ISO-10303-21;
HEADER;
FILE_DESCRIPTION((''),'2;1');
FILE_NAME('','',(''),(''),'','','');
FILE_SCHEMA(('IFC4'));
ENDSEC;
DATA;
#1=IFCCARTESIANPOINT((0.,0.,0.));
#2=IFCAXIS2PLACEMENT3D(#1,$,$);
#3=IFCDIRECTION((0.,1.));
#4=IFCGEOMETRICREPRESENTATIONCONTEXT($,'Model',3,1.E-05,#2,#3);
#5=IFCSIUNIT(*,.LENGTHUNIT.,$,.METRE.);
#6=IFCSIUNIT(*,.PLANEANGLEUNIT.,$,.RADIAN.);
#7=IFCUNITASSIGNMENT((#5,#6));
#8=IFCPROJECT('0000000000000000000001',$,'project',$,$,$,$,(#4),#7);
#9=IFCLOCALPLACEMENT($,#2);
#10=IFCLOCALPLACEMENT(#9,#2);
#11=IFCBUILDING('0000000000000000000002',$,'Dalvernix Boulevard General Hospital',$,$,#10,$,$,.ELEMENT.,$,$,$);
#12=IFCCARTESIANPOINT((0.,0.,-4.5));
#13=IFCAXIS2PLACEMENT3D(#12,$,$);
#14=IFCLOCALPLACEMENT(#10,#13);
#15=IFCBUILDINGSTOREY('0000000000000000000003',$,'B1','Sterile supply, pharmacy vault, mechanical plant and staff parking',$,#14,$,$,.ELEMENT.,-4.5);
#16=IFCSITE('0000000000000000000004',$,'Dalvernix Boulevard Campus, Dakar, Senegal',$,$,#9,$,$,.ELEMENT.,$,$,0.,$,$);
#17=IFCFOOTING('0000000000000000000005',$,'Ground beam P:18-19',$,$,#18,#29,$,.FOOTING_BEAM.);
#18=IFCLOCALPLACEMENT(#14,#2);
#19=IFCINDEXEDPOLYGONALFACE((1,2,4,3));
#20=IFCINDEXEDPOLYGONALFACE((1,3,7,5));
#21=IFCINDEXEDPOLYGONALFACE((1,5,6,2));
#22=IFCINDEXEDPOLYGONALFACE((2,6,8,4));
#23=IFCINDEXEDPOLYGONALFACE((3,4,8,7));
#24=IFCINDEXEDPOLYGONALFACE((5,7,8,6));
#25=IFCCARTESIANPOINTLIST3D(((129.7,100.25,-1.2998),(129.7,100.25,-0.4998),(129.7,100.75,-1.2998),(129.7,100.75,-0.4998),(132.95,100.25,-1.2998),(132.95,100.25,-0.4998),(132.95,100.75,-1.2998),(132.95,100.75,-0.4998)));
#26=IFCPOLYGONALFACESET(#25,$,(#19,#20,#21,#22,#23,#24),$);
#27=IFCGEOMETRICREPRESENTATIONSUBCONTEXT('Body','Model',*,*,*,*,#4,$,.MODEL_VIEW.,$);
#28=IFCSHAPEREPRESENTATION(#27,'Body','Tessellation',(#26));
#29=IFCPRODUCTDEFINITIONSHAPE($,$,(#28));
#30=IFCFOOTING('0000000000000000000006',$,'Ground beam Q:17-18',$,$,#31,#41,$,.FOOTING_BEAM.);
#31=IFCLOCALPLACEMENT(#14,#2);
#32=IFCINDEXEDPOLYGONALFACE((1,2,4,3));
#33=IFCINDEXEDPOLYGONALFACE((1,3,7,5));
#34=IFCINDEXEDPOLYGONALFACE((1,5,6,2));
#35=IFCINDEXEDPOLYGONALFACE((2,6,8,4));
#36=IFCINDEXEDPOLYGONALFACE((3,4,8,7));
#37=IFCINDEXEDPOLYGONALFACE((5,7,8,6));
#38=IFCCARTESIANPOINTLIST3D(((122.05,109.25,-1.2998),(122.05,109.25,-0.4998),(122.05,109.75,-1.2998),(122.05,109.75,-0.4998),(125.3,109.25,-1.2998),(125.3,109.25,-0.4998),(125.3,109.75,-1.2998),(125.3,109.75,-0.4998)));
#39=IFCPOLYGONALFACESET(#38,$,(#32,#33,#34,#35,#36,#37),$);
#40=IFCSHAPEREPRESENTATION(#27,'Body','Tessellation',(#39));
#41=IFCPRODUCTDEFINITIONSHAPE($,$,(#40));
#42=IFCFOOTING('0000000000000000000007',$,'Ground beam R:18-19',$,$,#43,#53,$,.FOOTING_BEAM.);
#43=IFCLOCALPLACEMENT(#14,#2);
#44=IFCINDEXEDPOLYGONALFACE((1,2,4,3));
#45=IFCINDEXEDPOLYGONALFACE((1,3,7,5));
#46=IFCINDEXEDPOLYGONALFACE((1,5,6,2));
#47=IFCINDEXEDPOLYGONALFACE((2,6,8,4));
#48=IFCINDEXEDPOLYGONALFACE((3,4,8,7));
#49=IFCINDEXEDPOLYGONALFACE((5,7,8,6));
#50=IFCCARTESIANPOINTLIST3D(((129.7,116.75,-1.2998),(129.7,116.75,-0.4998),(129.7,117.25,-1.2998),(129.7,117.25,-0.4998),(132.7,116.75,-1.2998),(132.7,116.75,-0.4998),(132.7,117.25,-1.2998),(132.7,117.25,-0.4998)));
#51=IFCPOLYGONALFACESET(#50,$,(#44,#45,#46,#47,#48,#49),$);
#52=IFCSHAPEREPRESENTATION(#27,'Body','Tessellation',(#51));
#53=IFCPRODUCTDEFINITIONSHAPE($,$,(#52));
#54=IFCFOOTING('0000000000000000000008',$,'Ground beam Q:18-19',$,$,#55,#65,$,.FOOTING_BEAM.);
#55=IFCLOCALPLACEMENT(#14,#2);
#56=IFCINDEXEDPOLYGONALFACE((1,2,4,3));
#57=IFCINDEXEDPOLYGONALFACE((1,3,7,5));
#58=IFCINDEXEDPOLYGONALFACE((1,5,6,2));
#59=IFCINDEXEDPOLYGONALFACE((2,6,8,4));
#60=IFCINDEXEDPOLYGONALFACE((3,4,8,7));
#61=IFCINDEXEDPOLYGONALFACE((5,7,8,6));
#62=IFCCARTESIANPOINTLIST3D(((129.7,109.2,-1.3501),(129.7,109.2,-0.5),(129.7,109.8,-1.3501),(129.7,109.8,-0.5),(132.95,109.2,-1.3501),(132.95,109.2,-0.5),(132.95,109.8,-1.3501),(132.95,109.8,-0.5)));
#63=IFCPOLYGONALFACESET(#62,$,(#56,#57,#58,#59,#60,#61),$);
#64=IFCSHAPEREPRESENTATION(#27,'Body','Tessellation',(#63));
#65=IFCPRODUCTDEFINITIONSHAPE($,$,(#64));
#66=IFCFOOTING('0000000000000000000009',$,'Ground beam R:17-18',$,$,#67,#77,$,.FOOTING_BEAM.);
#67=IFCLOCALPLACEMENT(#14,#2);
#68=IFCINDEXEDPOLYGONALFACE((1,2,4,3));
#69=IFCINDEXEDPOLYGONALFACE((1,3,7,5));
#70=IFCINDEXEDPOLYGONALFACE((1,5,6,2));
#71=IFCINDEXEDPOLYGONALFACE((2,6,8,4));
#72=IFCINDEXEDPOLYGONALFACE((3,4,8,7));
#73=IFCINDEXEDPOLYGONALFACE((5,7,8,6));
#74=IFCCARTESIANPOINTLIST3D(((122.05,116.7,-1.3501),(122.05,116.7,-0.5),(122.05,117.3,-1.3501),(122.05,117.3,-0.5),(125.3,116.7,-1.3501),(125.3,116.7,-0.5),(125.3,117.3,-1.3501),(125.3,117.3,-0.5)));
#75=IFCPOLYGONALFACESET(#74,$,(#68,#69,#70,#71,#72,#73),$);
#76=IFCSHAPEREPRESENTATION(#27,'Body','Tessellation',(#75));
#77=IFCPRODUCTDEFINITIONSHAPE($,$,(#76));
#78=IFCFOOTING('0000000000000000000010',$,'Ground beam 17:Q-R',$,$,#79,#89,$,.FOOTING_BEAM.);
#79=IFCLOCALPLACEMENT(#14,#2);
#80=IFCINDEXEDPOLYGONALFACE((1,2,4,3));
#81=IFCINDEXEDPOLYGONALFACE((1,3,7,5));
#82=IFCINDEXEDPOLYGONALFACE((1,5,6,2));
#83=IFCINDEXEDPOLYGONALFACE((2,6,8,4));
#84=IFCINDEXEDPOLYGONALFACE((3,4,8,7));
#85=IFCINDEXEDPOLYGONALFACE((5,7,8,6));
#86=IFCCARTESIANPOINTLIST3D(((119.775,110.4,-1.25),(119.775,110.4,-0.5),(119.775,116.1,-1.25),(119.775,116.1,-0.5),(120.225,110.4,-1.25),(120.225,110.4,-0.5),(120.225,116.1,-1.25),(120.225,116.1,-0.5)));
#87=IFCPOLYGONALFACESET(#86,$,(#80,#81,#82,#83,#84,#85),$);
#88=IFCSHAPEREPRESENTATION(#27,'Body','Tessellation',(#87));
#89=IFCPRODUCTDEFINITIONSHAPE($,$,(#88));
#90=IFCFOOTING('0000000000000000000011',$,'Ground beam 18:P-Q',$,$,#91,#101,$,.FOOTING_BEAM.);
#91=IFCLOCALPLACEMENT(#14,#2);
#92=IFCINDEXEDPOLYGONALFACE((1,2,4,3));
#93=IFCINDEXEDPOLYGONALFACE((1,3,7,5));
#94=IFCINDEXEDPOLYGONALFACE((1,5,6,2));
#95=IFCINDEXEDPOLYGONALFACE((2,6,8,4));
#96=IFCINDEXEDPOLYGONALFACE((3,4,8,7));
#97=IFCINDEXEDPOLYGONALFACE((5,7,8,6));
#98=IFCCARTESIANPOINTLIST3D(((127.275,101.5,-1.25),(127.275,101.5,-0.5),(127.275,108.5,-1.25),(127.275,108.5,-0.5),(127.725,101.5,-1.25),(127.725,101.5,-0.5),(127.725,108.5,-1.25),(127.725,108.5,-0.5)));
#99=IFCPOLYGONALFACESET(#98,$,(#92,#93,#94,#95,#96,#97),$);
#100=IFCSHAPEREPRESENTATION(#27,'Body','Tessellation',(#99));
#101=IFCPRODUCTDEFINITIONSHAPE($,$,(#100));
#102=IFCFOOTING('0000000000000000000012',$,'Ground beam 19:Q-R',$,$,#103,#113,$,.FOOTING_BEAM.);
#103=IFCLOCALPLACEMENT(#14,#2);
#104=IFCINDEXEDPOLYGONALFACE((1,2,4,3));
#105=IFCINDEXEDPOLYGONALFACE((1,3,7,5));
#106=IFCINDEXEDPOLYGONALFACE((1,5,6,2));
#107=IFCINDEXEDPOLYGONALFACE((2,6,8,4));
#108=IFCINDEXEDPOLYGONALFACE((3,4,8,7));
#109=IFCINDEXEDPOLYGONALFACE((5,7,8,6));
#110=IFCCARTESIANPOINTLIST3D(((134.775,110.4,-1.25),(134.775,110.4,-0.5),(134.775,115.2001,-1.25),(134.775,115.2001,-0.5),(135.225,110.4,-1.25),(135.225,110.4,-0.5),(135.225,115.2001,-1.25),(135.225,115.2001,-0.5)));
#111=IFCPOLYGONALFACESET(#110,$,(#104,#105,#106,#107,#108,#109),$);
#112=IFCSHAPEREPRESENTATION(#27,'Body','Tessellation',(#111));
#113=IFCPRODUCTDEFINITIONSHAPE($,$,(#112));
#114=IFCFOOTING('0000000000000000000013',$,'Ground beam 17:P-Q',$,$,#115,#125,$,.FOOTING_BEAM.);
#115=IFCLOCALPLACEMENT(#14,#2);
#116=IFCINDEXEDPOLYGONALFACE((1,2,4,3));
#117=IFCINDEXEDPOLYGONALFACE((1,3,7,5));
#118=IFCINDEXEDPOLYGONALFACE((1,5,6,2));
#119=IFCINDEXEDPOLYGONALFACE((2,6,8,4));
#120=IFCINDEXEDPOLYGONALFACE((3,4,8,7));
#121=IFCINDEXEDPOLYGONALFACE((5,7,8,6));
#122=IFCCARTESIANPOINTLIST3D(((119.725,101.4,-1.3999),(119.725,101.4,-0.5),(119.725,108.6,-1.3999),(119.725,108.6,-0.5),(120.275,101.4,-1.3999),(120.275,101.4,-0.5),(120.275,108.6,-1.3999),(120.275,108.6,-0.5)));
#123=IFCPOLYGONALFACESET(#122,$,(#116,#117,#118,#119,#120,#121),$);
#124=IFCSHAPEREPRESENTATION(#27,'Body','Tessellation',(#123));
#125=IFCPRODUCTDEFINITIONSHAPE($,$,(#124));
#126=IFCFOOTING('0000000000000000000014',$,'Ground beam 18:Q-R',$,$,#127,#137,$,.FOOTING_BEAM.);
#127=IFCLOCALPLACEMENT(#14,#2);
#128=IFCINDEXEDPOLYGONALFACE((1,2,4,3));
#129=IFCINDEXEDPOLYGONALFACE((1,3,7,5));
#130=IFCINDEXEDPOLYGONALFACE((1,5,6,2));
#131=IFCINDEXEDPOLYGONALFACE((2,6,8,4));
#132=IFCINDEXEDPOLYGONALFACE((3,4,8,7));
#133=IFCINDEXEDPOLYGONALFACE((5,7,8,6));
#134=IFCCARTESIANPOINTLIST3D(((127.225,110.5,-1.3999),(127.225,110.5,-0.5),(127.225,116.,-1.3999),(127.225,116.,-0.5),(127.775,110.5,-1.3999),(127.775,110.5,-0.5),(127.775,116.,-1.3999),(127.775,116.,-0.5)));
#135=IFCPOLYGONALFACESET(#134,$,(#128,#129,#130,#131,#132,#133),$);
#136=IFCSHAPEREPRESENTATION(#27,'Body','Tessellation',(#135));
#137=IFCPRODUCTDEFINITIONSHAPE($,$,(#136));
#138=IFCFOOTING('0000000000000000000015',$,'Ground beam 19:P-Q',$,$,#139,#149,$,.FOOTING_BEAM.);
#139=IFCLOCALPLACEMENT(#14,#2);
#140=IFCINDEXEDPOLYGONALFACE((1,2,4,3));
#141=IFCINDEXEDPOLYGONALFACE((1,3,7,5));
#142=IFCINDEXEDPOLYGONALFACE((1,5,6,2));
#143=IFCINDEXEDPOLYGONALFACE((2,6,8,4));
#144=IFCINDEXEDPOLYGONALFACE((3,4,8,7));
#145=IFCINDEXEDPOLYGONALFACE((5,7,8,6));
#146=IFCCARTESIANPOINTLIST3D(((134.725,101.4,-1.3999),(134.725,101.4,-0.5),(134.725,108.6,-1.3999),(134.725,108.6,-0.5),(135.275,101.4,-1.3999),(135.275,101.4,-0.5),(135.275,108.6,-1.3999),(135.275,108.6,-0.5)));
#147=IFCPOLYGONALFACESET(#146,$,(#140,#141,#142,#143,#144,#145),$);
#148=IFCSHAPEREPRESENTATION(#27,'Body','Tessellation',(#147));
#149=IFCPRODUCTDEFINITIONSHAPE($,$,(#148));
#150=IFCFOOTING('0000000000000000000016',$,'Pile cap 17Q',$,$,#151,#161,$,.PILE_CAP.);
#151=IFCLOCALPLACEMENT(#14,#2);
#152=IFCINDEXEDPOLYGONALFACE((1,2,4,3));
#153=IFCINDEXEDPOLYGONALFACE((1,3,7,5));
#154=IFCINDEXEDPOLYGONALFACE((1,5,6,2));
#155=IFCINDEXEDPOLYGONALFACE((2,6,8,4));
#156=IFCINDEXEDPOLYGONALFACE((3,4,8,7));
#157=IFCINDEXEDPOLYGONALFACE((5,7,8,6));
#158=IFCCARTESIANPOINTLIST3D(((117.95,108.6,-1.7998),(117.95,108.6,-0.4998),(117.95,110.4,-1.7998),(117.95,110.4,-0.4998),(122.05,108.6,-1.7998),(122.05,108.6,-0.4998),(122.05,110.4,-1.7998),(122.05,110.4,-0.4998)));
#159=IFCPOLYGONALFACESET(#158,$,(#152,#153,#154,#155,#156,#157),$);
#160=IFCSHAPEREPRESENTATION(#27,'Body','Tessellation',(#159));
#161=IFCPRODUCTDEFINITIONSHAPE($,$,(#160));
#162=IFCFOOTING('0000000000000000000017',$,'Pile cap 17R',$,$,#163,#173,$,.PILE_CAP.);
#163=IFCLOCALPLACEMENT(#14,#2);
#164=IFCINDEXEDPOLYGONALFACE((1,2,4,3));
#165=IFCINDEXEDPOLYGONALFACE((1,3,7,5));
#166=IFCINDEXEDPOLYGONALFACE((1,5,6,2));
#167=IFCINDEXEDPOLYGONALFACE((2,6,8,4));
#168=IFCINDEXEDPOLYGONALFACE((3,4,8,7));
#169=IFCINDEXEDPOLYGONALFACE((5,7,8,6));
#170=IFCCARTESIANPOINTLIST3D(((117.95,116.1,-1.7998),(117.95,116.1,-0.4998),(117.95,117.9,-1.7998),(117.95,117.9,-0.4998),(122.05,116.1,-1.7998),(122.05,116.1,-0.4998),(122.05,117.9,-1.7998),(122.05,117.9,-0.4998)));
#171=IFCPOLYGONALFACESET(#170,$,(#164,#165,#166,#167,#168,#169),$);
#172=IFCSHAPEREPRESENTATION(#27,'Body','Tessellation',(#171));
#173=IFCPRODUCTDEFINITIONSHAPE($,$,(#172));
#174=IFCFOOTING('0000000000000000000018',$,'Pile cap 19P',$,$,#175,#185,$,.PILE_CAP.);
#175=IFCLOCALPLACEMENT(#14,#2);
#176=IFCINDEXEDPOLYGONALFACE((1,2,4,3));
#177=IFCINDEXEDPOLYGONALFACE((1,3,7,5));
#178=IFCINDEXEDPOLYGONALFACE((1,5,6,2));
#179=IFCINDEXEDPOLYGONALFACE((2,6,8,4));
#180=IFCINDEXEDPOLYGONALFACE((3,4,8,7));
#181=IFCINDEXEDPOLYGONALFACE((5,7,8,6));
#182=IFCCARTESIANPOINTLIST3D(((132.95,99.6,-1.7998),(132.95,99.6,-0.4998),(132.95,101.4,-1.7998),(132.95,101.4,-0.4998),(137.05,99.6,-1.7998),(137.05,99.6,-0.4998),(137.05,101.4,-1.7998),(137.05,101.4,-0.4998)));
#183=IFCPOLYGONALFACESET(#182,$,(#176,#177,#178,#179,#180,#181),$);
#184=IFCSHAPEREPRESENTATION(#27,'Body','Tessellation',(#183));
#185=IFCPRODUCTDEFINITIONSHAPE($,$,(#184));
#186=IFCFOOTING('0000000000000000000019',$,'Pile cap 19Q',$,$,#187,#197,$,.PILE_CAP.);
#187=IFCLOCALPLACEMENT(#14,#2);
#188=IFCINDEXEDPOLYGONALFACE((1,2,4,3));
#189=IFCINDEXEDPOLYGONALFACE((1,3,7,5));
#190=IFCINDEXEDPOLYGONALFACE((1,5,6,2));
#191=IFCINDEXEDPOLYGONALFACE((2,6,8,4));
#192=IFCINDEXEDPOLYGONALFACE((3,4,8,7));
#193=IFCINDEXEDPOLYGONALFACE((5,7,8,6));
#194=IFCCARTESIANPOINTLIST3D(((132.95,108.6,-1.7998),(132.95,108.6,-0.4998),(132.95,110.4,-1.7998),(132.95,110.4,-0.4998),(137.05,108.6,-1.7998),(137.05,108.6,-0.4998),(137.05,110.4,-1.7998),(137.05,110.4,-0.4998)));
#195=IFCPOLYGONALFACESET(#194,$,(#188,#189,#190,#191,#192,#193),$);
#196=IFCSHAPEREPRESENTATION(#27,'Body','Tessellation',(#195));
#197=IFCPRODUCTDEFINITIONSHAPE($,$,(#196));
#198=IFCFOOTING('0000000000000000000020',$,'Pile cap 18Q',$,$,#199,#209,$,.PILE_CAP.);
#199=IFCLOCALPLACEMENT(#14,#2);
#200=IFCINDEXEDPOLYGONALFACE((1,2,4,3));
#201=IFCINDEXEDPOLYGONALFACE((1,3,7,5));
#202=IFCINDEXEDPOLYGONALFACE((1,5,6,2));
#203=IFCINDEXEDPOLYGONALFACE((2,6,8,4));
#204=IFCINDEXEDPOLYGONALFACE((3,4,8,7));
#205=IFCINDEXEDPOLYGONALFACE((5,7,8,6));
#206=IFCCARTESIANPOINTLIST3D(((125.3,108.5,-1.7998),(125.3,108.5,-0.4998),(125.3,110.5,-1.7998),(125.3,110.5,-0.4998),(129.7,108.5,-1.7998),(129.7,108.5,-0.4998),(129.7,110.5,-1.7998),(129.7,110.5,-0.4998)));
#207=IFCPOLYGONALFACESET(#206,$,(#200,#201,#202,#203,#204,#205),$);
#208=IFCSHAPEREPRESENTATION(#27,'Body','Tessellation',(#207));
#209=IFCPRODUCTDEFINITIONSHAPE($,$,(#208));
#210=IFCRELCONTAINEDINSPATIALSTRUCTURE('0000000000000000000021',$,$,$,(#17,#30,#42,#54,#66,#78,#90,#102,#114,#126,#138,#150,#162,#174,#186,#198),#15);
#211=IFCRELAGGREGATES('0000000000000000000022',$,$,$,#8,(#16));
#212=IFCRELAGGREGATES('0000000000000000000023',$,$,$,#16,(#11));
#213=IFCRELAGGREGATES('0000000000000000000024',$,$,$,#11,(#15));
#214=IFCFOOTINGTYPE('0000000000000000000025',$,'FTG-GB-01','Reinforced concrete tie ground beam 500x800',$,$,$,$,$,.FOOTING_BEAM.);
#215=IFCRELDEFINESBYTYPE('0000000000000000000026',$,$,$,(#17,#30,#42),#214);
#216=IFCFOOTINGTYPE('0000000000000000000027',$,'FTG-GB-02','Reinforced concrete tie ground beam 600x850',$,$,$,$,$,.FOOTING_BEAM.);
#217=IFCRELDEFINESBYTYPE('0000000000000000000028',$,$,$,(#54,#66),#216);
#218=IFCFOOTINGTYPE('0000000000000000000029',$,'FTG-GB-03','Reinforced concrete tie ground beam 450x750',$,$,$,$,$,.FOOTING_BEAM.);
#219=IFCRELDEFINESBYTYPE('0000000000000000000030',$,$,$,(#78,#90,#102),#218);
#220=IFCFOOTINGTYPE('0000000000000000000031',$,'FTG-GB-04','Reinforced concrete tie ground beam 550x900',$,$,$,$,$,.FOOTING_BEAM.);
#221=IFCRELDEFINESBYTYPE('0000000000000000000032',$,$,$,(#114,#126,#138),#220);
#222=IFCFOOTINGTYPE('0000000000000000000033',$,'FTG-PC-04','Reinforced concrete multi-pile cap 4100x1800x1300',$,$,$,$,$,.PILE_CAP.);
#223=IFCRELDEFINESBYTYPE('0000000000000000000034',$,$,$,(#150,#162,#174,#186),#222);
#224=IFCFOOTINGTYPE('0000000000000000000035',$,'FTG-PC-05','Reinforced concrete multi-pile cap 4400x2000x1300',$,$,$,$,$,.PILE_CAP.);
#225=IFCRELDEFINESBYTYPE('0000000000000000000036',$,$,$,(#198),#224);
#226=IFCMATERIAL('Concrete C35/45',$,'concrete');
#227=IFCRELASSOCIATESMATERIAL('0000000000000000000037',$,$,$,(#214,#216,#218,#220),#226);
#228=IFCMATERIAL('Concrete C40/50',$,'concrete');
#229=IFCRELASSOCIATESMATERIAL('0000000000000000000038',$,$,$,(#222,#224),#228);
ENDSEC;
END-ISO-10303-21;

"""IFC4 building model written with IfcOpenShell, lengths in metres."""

from ifc_helpers import new_model, si_unit, direction, frame, origin, origin_2d, place, context, subcontext, project, spatial, rectangle, extrude, material, type_object, element, save


model = new_model("IFC4")

# Units and contexts
model_context = context("Model", 3, precision=1e-05, world=origin(), true_north=direction((0.0, 1.0)))
body_context = subcontext(model_context, "Body", "Model", "MODEL_VIEW")
ifc_project = project(units=[si_unit("LENGTHUNIT", "METRE"), si_unit("PLANEANGLEUNIT", "RADIAN")], contexts=[model_context])

# Site, building, storey
site_placement = place(None, origin())
site = spatial("IfcSite", under=ifc_project, at=site_placement, Name="Dalvernix Boulevard Campus, Dakar, Senegal", CompositionType="ELEMENT", RefElevation=0.0)
building_placement = place(site_placement, origin())
building = spatial("IfcBuilding", under=site, at=building_placement, Name="Dalvernix Boulevard General Hospital", CompositionType="ELEMENT")
storey_placement = place(building_placement, frame((0.0, 0.0, -4.5)))
storey = spatial("IfcBuildingStorey", under=building, at=storey_placement, Name="B1", Description="Sterile supply, pharmacy vault, mechanical plant and staff parking", CompositionType="ELEMENT", Elevation=-4.5)

# Footings
ifc_material_1 = material(Name="Concrete C35/45", Category="concrete")
footing_type_1 = type_object("IfcFootingType", Name="FTG-GB-01", Description="Reinforced concrete tie ground beam 500x800", PredefinedType="FOOTING_BEAM", material=ifc_material_1)
for number, where, z_axis, x_axis, name in (
    (1, (131.325, 100.5, -1.2998), (0.0, 0.0, 1.0), (1.0, 0.0, 0.0), "Ground beam P:18-19"),
    (2, (123.675, 109.5, -1.2998), (0.0, 0.0, 1.0), (1.0, 0.0, 0.0), "Ground beam Q:17-18"),
):
    element("IfcFooting", number, at=place(storey_placement, frame(where, z_axis=z_axis, x_axis=x_axis)), inside=storey, type_object=footing_type_1, Name=name, PredefinedType="FOOTING_BEAM", context=body_context, shape_type="SweptSolid", body=[
        extrude(rectangle(XDim=3.25, YDim=0.5, at=origin_2d()), origin(), (0.0, 0.0, 1.0), 0.8),
    ])
footing_1_placement = place(storey_placement, frame((131.2, 117.0, -1.2998), z_axis=(0.0, 0.0, 1.0), x_axis=(1.0, 0.0, 0.0)))
element("IfcFooting", 3, at=footing_1_placement, inside=storey, type_object=footing_type_1, Name="Ground beam R:18-19", PredefinedType="FOOTING_BEAM", context=body_context, shape_type="SweptSolid", body=[
    extrude(rectangle(XDim=3.0, YDim=0.5, at=origin_2d()), origin(), (0.0, 0.0, 1.0), 0.8),
])
footing_type_2 = type_object("IfcFootingType", Name="FTG-GB-02", Description="Reinforced concrete tie ground beam 600x850", PredefinedType="FOOTING_BEAM", material=ifc_material_1)
for number, where, z_axis, x_axis, name in (
    (4, (131.325, 109.5, -1.3501), (0.0, 0.0, 1.0), (1.0, 0.0, 0.0), "Ground beam Q:18-19"),
    (5, (123.675, 117.0, -1.3501), (0.0, 0.0, 1.0), (1.0, 0.0, 0.0), "Ground beam R:17-18"),
):
    element("IfcFooting", number, at=place(storey_placement, frame(where, z_axis=z_axis, x_axis=x_axis)), inside=storey, type_object=footing_type_2, Name=name, PredefinedType="FOOTING_BEAM", context=body_context, shape_type="SweptSolid", body=[
        extrude(rectangle(XDim=3.25, YDim=0.6001, at=origin_2d()), origin(), (0.0, 0.0, 1.0), 0.8501),
    ])
footing_type_3 = type_object("IfcFootingType", Name="FTG-GB-03", Description="Reinforced concrete tie ground beam 450x750", PredefinedType="FOOTING_BEAM", material=ifc_material_1)
footing_2_placement = place(storey_placement, frame((120.0, 113.25, -1.25), z_axis=(0.0, 0.0, 1.0), x_axis=(0.0, 1.0, 0.0)))
element("IfcFooting", 6, at=footing_2_placement, inside=storey, type_object=footing_type_3, Name="Ground beam 17:Q-R", PredefinedType="FOOTING_BEAM", context=body_context, shape_type="SweptSolid", body=[
    extrude(rectangle(XDim=5.7, YDim=0.45, at=origin_2d()), origin(), (0.0, 0.0, 1.0), 0.75),
])
footing_3_placement = place(storey_placement, frame((127.5, 105.0, -1.25), z_axis=(0.0, 0.0, 1.0), x_axis=(0.0, 1.0, 0.0)))
element("IfcFooting", 7, at=footing_3_placement, inside=storey, type_object=footing_type_3, Name="Ground beam 18:P-Q", PredefinedType="FOOTING_BEAM", context=body_context, shape_type="SweptSolid", body=[
    extrude(rectangle(XDim=7.0, YDim=0.45, at=origin_2d()), origin(), (0.0, 0.0, 1.0), 0.75),
])
footing_4_placement = place(storey_placement, frame((135.0, 112.8, -1.25), z_axis=(0.0, 0.0, 1.0), x_axis=(0.0, 1.0, 0.0)))
element("IfcFooting", 8, at=footing_4_placement, inside=storey, type_object=footing_type_3, Name="Ground beam 19:Q-R", PredefinedType="FOOTING_BEAM", context=body_context, shape_type="SweptSolid", body=[
    extrude(rectangle(XDim=4.8, YDim=0.45, at=origin_2d()), origin(), (0.0, 0.0, 1.0), 0.75),
])
footing_type_4 = type_object("IfcFootingType", Name="FTG-GB-04", Description="Reinforced concrete tie ground beam 550x900", PredefinedType="FOOTING_BEAM", material=ifc_material_1)
footing_5_placement = place(storey_placement, frame((120.0, 105.0, -1.3999), z_axis=(0.0, 0.0, 1.0), x_axis=(0.0, 1.0, 0.0)))
element("IfcFooting", 9, at=footing_5_placement, inside=storey, type_object=footing_type_4, Name="Ground beam 17:P-Q", PredefinedType="FOOTING_BEAM", context=body_context, shape_type="SweptSolid", body=[
    extrude(rectangle(XDim=7.2, YDim=0.55, at=origin_2d()), origin(), (0.0, 0.0, 1.0), 0.8999),
])
footing_6_placement = place(storey_placement, frame((127.5, 113.25, -1.3999), z_axis=(0.0, 0.0, 1.0), x_axis=(0.0, 1.0, 0.0)))
element("IfcFooting", 10, at=footing_6_placement, inside=storey, type_object=footing_type_4, Name="Ground beam 18:Q-R", PredefinedType="FOOTING_BEAM", context=body_context, shape_type="SweptSolid", body=[
    extrude(rectangle(XDim=5.5, YDim=0.55, at=origin_2d()), origin(), (0.0, 0.0, 1.0), 0.8999),
])
footing_7_placement = place(storey_placement, frame((135.0, 105.0, -1.3999), z_axis=(0.0, 0.0, 1.0), x_axis=(0.0, 1.0, 0.0)))
element("IfcFooting", 11, at=footing_7_placement, inside=storey, type_object=footing_type_4, Name="Ground beam 19:P-Q", PredefinedType="FOOTING_BEAM", context=body_context, shape_type="SweptSolid", body=[
    extrude(rectangle(XDim=7.2, YDim=0.55, at=origin_2d()), origin(), (0.0, 0.0, 1.0), 0.8999),
])
ifc_material_2 = material(Name="Concrete C40/50", Category="concrete")
footing_type_5 = type_object("IfcFootingType", Name="FTG-PC-04", Description="Reinforced concrete multi-pile cap 4100x1800x1300", PredefinedType="PILE_CAP", material=ifc_material_2)
for number, where, z_axis, x_axis, name in (
    (12, (120.0, 109.5, -1.7998), (0.0, 0.0, 1.0), (1.0, 0.0, 0.0), "Pile cap 17Q"),
    (13, (120.0, 117.0, -1.7998), (0.0, 0.0, 1.0), (1.0, 0.0, 0.0), "Pile cap 17R"),
    (14, (135.0, 100.5, -1.7998), (0.0, 0.0, 1.0), (1.0, 0.0, 0.0), "Pile cap 19P"),
    (15, (135.0, 109.5, -1.7998), (0.0, 0.0, 1.0), (1.0, 0.0, 0.0), "Pile cap 19Q"),
):
    element("IfcFooting", number, at=place(storey_placement, frame(where, z_axis=z_axis, x_axis=x_axis)), inside=storey, type_object=footing_type_5, Name=name, PredefinedType="PILE_CAP", context=body_context, shape_type="SweptSolid", body=[
        extrude(rectangle(XDim=4.1001, YDim=1.8, at=origin_2d()), origin(), (0.0, 0.0, 1.0), 1.3),
    ])
footing_type_6 = type_object("IfcFootingType", Name="FTG-PC-05", Description="Reinforced concrete multi-pile cap 4400x2000x1300", PredefinedType="PILE_CAP", material=ifc_material_2)
for number, where, z_axis, x_axis, name in (
    (16, (127.5, 109.5, -1.7998), (0.0, 0.0, 1.0), (1.0, 0.0, 0.0), "Pile cap 18Q"),
):
    element("IfcFooting", number, at=place(storey_placement, frame(where, z_axis=z_axis, x_axis=x_axis)), inside=storey, type_object=footing_type_6, Name=name, PredefinedType="PILE_CAP", context=body_context, shape_type="SweptSolid", body=[
        extrude(rectangle(XDim=4.3999, YDim=2.0, at=origin_2d()), origin(), (0.0, 0.0, 1.0), 1.3),
    ])

save(model, "model.ifc")
